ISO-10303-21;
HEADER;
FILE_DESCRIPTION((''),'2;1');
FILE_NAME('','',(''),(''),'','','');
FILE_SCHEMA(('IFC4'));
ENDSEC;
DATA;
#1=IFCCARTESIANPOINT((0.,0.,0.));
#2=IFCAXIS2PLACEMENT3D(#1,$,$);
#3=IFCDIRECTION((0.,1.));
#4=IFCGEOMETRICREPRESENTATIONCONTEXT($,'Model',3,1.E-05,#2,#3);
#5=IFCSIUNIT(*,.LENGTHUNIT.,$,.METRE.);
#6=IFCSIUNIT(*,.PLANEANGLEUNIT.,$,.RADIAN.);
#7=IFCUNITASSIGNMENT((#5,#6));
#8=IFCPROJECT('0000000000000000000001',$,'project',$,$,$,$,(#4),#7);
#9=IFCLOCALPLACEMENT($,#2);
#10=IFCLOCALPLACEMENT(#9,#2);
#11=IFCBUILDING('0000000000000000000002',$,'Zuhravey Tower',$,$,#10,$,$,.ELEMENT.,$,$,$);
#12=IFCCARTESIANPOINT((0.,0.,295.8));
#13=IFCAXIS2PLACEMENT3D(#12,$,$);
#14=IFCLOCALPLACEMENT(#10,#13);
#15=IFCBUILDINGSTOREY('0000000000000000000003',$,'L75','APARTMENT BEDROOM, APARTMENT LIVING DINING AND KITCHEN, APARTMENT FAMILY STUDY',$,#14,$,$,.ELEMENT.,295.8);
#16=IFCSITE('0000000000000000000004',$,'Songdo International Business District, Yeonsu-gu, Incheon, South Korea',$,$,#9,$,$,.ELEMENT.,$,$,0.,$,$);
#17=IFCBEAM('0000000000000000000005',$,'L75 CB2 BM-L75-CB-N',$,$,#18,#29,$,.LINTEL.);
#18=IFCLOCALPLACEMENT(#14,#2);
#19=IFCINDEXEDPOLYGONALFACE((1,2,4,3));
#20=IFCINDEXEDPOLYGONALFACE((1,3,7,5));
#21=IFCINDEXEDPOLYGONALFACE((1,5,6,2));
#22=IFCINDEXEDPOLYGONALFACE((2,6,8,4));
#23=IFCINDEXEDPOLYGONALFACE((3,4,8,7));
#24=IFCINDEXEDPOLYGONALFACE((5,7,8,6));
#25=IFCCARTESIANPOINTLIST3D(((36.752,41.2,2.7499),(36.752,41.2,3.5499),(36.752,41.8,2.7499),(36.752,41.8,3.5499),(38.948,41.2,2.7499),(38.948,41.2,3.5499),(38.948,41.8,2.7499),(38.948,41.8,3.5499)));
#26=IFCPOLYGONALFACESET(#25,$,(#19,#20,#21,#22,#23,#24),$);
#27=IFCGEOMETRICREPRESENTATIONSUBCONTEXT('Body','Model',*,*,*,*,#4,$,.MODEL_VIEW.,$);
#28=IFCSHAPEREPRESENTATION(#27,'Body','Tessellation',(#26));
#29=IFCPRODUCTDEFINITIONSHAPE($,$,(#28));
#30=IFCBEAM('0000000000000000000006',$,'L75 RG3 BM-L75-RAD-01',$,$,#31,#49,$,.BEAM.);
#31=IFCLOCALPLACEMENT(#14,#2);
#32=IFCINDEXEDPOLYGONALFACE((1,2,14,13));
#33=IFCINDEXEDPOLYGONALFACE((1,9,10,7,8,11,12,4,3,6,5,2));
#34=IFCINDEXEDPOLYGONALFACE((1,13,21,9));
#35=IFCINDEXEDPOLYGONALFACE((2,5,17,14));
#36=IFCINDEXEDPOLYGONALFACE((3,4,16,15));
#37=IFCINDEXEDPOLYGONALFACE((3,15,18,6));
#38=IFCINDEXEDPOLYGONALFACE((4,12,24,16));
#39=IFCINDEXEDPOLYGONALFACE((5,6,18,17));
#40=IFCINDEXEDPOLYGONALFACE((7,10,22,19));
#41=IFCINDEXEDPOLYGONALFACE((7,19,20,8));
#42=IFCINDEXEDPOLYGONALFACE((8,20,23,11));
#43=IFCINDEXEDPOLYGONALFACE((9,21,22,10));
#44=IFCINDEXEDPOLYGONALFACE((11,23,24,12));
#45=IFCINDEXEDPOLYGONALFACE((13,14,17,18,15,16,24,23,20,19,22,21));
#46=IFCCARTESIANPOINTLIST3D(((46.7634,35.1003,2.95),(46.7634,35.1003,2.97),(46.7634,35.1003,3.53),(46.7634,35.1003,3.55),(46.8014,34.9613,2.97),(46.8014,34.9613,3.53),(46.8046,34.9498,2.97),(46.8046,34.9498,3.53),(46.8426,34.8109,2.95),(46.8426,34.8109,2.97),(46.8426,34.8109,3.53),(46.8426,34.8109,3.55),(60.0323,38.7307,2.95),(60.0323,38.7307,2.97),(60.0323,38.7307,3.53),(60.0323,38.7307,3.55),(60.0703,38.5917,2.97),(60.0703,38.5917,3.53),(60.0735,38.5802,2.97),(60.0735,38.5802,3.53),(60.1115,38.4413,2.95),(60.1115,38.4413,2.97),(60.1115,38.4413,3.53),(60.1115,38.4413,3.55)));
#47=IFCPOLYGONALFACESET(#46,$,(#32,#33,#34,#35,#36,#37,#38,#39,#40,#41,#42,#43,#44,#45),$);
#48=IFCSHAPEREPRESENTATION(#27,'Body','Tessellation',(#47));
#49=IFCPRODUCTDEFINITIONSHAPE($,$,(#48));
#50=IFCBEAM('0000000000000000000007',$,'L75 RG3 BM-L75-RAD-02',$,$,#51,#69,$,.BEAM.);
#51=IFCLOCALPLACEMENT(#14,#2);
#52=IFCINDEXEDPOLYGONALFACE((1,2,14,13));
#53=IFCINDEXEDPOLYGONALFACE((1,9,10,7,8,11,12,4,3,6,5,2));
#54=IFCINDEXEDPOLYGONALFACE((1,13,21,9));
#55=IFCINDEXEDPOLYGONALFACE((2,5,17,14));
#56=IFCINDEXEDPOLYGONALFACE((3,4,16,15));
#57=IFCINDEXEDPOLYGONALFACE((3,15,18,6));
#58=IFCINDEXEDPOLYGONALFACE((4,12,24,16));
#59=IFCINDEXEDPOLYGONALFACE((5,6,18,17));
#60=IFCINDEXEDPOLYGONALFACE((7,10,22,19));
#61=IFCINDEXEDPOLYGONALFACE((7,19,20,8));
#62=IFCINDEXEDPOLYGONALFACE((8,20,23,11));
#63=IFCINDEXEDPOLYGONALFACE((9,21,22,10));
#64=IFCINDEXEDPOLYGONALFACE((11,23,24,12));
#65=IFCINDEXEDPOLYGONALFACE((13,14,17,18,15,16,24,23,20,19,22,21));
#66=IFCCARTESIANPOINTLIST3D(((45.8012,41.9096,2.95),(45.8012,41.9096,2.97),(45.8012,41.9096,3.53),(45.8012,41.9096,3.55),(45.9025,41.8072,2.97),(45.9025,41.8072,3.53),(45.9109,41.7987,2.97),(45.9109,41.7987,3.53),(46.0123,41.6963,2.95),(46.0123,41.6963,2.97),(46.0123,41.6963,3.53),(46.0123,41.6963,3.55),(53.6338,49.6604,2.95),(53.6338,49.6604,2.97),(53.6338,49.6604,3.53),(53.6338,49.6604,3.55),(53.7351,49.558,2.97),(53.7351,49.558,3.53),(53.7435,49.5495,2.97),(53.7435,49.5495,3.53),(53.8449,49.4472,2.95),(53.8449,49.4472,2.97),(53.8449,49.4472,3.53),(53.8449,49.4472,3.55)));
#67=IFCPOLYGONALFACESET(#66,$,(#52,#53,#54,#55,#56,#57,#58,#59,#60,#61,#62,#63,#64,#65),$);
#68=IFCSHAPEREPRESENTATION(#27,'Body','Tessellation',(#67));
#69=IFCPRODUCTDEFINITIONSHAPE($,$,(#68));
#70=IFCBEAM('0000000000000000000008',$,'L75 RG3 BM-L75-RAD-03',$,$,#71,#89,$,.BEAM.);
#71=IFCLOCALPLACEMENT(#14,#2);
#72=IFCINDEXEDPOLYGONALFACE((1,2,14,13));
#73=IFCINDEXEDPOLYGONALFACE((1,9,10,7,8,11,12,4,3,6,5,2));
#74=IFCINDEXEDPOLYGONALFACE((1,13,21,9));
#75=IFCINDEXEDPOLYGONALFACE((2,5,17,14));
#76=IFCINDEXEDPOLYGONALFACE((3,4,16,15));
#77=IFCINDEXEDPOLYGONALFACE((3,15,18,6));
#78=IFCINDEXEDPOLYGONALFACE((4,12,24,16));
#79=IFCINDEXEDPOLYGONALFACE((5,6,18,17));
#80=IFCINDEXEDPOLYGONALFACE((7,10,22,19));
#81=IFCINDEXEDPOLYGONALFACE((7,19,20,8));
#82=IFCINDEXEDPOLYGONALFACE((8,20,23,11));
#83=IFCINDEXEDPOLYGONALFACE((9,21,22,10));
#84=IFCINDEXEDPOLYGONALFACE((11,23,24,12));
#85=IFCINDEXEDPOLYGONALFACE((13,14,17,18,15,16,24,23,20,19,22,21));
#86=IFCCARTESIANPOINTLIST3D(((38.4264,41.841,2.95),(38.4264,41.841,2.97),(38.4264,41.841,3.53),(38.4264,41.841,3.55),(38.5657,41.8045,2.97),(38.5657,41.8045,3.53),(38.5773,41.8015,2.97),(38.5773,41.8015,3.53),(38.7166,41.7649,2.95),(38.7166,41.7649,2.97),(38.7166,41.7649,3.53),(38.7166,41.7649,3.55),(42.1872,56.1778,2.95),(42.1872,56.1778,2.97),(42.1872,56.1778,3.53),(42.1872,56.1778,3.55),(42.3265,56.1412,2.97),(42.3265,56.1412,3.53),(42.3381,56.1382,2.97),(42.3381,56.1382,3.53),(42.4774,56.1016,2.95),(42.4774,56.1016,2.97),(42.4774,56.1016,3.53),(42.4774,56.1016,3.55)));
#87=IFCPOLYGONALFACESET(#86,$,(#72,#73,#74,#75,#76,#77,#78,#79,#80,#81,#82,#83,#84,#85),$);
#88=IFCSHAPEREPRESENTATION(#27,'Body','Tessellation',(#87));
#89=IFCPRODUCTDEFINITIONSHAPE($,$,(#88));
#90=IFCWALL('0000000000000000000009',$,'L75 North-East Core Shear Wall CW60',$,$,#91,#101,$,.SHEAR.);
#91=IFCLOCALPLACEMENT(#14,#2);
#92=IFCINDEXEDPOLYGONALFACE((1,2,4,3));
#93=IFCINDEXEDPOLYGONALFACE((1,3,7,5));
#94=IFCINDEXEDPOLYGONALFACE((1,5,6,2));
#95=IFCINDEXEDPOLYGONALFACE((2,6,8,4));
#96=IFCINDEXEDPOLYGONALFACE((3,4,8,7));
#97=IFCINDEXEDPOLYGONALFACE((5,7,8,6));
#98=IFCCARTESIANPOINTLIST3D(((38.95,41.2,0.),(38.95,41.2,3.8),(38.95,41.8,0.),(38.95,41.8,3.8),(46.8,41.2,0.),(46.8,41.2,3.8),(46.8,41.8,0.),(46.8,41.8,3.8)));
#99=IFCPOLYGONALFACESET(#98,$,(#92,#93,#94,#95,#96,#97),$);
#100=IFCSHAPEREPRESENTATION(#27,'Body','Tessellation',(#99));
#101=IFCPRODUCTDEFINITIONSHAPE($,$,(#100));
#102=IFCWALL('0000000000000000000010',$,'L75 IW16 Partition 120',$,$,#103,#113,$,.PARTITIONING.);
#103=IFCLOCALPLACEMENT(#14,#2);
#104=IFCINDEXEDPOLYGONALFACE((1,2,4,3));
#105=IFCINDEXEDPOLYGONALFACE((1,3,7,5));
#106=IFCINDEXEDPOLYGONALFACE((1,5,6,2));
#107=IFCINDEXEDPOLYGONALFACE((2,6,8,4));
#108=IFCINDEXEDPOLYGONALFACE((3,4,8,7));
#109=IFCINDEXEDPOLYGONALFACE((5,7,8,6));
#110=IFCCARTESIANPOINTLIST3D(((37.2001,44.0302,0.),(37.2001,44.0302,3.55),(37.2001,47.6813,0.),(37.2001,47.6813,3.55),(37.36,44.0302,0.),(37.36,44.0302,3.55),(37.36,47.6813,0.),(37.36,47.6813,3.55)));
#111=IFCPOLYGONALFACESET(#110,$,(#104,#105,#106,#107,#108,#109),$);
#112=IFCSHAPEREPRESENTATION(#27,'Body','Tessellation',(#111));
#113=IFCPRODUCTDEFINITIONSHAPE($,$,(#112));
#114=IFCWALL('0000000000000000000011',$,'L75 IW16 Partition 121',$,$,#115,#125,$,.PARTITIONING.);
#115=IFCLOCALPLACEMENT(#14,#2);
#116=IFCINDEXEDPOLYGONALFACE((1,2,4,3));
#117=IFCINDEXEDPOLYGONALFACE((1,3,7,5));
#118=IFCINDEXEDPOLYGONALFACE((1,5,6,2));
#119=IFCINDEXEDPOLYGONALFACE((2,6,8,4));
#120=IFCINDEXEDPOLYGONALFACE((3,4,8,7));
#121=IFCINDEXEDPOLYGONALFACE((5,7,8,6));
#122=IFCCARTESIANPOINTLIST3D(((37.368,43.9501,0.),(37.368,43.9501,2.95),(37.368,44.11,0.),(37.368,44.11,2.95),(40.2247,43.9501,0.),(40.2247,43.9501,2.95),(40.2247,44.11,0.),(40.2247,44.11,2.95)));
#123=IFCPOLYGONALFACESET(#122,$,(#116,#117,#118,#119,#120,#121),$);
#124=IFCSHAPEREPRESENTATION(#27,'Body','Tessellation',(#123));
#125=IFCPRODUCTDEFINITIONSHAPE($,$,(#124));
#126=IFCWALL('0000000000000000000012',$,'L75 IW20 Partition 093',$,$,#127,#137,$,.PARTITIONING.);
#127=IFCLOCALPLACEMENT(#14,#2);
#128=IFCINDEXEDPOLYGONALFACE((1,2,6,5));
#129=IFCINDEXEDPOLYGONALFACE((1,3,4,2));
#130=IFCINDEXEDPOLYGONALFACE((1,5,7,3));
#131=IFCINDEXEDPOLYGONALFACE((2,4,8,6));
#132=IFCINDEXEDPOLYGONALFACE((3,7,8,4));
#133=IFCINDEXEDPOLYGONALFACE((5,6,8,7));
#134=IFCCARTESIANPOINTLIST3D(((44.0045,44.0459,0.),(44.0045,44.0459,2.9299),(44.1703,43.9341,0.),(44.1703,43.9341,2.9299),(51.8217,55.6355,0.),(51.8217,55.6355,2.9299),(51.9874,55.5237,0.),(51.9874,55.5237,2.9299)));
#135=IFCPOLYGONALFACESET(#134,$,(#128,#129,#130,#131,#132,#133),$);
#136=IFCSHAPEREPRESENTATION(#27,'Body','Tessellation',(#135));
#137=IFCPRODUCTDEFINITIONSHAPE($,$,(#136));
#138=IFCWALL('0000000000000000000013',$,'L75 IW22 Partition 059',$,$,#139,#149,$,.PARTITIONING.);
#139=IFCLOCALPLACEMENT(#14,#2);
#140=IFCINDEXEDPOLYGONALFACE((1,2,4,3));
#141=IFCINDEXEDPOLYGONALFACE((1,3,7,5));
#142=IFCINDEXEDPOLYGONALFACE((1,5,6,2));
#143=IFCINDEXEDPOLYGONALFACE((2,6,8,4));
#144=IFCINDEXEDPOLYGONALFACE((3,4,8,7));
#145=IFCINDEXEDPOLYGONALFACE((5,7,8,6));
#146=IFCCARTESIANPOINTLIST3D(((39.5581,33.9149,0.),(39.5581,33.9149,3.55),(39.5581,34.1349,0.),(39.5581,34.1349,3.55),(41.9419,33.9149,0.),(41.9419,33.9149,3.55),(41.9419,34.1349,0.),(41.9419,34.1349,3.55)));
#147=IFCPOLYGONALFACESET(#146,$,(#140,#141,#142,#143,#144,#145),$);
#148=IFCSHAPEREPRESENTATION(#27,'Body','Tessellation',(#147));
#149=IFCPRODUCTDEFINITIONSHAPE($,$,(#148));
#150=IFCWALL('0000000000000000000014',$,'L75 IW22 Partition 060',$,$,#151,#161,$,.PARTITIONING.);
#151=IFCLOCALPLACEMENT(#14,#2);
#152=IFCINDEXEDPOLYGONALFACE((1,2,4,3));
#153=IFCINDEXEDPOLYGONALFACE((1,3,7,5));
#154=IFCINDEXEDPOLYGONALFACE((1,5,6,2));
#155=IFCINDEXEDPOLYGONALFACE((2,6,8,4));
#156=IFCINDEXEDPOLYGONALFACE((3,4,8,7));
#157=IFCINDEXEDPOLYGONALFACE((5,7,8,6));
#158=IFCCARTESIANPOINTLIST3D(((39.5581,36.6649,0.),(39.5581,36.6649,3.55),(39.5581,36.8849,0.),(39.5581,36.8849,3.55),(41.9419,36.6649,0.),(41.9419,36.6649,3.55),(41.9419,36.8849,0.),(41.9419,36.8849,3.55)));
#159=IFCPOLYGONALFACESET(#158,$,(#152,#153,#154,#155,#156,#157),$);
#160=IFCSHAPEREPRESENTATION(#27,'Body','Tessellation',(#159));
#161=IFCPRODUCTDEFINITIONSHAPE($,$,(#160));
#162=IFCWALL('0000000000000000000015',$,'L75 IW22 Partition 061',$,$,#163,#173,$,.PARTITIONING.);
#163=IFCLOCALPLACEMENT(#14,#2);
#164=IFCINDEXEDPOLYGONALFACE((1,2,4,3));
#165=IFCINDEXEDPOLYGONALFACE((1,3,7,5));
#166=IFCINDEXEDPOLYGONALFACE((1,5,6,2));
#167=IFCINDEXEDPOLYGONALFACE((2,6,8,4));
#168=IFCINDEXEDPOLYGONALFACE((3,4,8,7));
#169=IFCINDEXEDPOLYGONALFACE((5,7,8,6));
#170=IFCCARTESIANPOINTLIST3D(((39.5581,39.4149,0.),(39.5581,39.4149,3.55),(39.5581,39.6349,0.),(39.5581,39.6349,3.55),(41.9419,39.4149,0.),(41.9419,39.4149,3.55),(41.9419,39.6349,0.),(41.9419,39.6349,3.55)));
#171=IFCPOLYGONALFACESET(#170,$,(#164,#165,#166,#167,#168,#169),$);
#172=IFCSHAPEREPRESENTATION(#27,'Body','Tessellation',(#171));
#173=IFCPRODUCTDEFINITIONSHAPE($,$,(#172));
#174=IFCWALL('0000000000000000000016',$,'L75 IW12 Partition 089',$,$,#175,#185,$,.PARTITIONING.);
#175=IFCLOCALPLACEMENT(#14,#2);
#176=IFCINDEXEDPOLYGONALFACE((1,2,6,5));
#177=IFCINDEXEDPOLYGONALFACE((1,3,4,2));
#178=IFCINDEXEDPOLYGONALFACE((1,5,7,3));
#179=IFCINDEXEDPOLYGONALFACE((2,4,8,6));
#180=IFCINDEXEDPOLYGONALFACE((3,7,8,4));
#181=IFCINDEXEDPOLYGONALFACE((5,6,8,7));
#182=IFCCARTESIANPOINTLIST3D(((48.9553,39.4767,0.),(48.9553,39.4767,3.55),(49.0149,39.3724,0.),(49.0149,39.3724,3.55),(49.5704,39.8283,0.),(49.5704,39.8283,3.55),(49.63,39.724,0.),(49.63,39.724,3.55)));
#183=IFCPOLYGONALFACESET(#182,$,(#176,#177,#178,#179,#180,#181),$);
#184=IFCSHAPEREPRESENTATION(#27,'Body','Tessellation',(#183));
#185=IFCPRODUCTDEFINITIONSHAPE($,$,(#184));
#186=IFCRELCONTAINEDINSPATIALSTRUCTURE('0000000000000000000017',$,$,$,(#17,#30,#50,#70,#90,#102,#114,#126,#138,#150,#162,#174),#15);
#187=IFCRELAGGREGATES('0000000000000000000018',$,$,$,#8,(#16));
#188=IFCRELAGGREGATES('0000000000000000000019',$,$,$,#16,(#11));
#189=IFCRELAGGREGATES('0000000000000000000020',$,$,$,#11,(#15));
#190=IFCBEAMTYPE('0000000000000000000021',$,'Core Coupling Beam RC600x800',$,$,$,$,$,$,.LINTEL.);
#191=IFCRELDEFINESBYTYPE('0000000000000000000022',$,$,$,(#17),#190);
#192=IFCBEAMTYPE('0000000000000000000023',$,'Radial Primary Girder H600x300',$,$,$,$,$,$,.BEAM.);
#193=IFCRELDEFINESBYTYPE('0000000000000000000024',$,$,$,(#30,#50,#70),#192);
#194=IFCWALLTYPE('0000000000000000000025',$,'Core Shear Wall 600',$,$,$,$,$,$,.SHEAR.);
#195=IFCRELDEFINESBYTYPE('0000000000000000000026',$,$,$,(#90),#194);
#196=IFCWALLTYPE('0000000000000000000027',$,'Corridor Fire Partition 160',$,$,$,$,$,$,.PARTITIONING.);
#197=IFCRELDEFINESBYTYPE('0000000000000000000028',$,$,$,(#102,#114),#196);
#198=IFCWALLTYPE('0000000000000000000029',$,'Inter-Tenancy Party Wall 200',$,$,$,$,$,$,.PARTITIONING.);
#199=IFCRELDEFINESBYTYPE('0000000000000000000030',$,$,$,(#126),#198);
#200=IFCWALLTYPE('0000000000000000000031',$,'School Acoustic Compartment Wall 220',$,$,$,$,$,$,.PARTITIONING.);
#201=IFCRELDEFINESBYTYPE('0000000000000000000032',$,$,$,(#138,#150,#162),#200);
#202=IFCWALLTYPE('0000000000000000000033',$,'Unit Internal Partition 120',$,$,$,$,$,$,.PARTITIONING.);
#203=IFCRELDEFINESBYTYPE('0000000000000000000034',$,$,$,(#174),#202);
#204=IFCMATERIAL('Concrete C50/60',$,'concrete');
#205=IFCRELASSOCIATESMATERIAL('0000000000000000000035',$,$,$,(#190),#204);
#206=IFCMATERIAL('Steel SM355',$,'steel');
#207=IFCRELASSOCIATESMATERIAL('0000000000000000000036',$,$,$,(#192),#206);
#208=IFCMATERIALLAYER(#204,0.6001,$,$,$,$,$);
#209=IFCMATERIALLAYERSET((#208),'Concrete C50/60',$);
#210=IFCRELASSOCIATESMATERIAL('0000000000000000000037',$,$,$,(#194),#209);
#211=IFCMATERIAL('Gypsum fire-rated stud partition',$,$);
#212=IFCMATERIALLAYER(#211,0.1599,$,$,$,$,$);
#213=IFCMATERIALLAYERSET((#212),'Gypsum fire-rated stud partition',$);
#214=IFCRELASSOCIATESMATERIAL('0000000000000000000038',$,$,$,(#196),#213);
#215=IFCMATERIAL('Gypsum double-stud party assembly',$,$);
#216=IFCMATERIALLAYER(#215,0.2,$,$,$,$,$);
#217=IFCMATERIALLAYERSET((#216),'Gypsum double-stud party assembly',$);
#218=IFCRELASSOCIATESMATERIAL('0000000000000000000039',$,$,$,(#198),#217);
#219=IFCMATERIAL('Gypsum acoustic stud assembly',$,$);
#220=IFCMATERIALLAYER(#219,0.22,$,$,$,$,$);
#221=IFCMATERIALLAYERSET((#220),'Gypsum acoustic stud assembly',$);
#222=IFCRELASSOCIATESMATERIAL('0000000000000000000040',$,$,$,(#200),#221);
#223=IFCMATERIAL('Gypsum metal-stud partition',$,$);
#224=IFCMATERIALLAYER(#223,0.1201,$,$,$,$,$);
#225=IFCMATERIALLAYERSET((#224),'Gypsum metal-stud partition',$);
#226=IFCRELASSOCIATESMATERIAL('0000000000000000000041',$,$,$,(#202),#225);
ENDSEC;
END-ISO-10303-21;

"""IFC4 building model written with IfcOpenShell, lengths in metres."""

from ifc_helpers import new_model, si_unit, direction, frame, frame_2d, origin, origin_2d, place, context, subcontext, project, spatial, rectangle, i_section, extrude, material, layer, layer_set, material_profile, profile_set, type_object, element, save


model = new_model("IFC4")

# Units and contexts
model_context = context("Model", 3, precision=1e-05, world=origin(), true_north=direction((0.0, 1.0)))
body_context = subcontext(model_context, "Body", "Model", "MODEL_VIEW")
ifc_project = project(units=[si_unit("LENGTHUNIT", "METRE"), si_unit("PLANEANGLEUNIT", "RADIAN")], contexts=[model_context])

# Site, building, storey
site_placement = place(None, origin())
site = spatial("IfcSite", under=ifc_project, at=site_placement, Name="Songdo International Business District, Yeonsu-gu, Incheon, South Korea", CompositionType="ELEMENT", RefElevation=0.0)
building_placement = place(site_placement, origin())
building = spatial("IfcBuilding", under=site, at=building_placement, Name="Zuhravey Tower", CompositionType="ELEMENT")
storey_placement = place(building_placement, frame((0.0, 0.0, 295.8)))
storey = spatial("IfcBuildingStorey", under=building, at=storey_placement, Name="L75", Description="APARTMENT BEDROOM, APARTMENT LIVING DINING AND KITCHEN, APARTMENT FAMILY STUDY", CompositionType="ELEMENT", Elevation=295.8)

# Beams
ifc_material_1 = material(Name="Concrete C50/60", Category="concrete")
ifc_material_profile_1 = material_profile(ifc_material_1, rectangle(XDim=0.6001, YDim=0.8, at=origin_2d()), Name="RC-600x800")
ifc_profile_set_1 = profile_set([ifc_material_profile_1], Name="Concrete C50/60")
beam_type_1 = type_object("IfcBeamType", Name="Core Coupling Beam RC600x800", PredefinedType="LINTEL", material=ifc_profile_set_1)
beam_1_placement = place(storey_placement, frame((36.752, 41.5, 3.1499), z_axis=(1.0, 0.0, 0.0), x_axis=(0.0, 1.0, 0.0)))
element("IfcBeam", 1, at=beam_1_placement, inside=storey, type_object=beam_type_1, Name="L75 CB2 BM-L75-CB-N", PredefinedType="LINTEL", context=body_context, shape_type="SweptSolid", body=[
    extrude(rectangle(XDim=0.6001, YDim=0.8, at=origin_2d()), origin(), (0.0, 0.0, 1.0), 2.196),
])
ifc_material_2 = material(Name="Steel SM355", Category="steel")
ifc_material_profile_2 = material_profile(ifc_material_2, i_section(OverallWidth=0.3, OverallDepth=0.6001, WebThickness=0.012, FlangeThickness=0.02, at=origin_2d()), Name="H-600x300x12x20")
ifc_profile_set_2 = profile_set([ifc_material_profile_2], Name="Steel SM355")
beam_type_2 = type_object("IfcBeamType", Name="Radial Primary Girder H600x300", PredefinedType="BEAM", material=ifc_profile_set_2)
beam_2_placement = place(storey_placement, frame((46.803, 34.9556, 3.25), z_axis=(0.964549, 0.263903, 0.0), x_axis=(-0.263903, 0.964549, 0.0)))
element("IfcBeam", 2, at=beam_2_placement, inside=storey, type_object=beam_type_2, Name="L75 RG3 BM-L75-RAD-01", PredefinedType="BEAM", context=body_context, shape_type="SweptSolid", body=[
    extrude(i_section(OverallWidth=0.3, OverallDepth=0.6001, WebThickness=0.012, FlangeThickness=0.02, at=origin_2d()), origin(), (0.0, 0.0, 1.0), 13.7566),
])
beam_3_placement = place(storey_placement, frame((45.9067, 41.803, 3.25), z_axis=(0.710808, 0.703386, 0.0), x_axis=(-0.703386, 0.710808, 0.0)))
element("IfcBeam", 3, at=beam_3_placement, inside=storey, type_object=beam_type_2, Name="L75 RG3 BM-L75-RAD-02", PredefinedType="BEAM", context=body_context, shape_type="SweptSolid", body=[
    extrude(i_section(OverallWidth=0.3, OverallDepth=0.6001, WebThickness=0.012, FlangeThickness=0.02, at=origin_2d()), origin(), (0.0, 0.0, 1.0), 11.0193),
])
beam_4_placement = place(storey_placement, frame((38.5715, 41.803, 3.25), z_axis=(0.253732, 0.967275, 0.0), x_axis=(-0.967275, 0.253732, 0.0)))
element("IfcBeam", 4, at=beam_4_placement, inside=storey, type_object=beam_type_2, Name="L75 RG3 BM-L75-RAD-03", PredefinedType="BEAM", context=body_context, shape_type="SweptSolid", body=[
    extrude(i_section(OverallWidth=0.3, OverallDepth=0.6001, WebThickness=0.012, FlangeThickness=0.02, at=origin_2d()), origin(), (0.0, 0.0, 1.0), 14.8218),
])

# Wall
ifc_layer_1 = layer(ifc_material_1, 0.6001)
ifc_layer_set_1 = layer_set([ifc_layer_1], Name="Concrete C50/60")
wall_type_1 = type_object("IfcWallType", Name="Core Shear Wall 600", PredefinedType="SHEAR", material=ifc_layer_set_1)
wall_1_placement = place(storey_placement, frame((46.8, 41.5, 0.0), z_axis=(0.0, 0.0, 1.0), x_axis=(-1.0, 0.0, 0.0)))
element("IfcWall", 5, at=wall_1_placement, inside=storey, type_object=wall_type_1, Name="L75 North-East Core Shear Wall CW60", PredefinedType="SHEAR", context=body_context, shape_type="SweptSolid", body=[
    extrude(rectangle(XDim=7.8501, YDim=0.6001, at=frame_2d((3.925, 0.0))), origin(), (0.0, 0.0, 1.0), 3.8),
])

# Walls
ifc_material_3 = material(Name="Gypsum fire-rated stud partition")
ifc_layer_2 = layer(ifc_material_3, 0.1599)
ifc_layer_set_2 = layer_set([ifc_layer_2], Name="Gypsum fire-rated stud partition")
wall_type_2 = type_object("IfcWallType", Name="Corridor Fire Partition 160", PredefinedType="PARTITIONING", material=ifc_layer_set_2)
wall_2_placement = place(storey_placement, frame((37.28, 44.03, 0.0), z_axis=(0.0, 0.0, 1.0), x_axis=(0.0, 1.0, 0.0)))
element("IfcWall", 6, at=wall_2_placement, inside=storey, type_object=wall_type_2, Name="L75 IW16 Partition 120", PredefinedType="PARTITIONING", context=body_context, shape_type="SweptSolid", body=[
    extrude(rectangle(XDim=3.6511, YDim=0.1599, at=frame_2d((1.8257, 0.0))), origin(), (0.0, 0.0, 1.0), 3.55),
])
wall_3_placement = place(storey_placement, frame((40.2246, 44.03, 0.0), z_axis=(0.0, 0.0, 1.0), x_axis=(-1.0, 0.0, 0.0)))
element("IfcWall", 7, at=wall_3_placement, inside=storey, type_object=wall_type_2, Name="L75 IW16 Partition 121", PredefinedType="PARTITIONING", context=body_context, shape_type="SweptSolid", body=[
    extrude(rectangle(XDim=2.8567, YDim=0.1599, at=frame_2d((1.4282, 0.0))), origin(), (0.0, 0.0, 1.0), 2.95),
])

# Walls
ifc_material_4 = material(Name="Gypsum double-stud party assembly")
ifc_layer_3 = layer(ifc_material_4, 0.2)
ifc_layer_set_3 = layer_set([ifc_layer_3], Name="Gypsum double-stud party assembly")
wall_type_3 = type_object("IfcWallType", Name="Inter-Tenancy Party Wall 200", PredefinedType="PARTITIONING", material=ifc_layer_set_3)
wall_4_placement = place(storey_placement, frame((44.0874, 43.99, 0.0), z_axis=(0.0, 0.0, 1.0), x_axis=(0.559186, 0.829042, 0.0)))
element("IfcWall", 8, at=wall_4_placement, inside=storey, type_object=wall_type_3, Name="L75 IW20 Partition 093", PredefinedType="PARTITIONING", context=body_context, shape_type="SweptSolid", body=[
    extrude(rectangle(XDim=13.9795, YDim=0.2, at=frame_2d((6.9897, 0.0))), origin(), (0.0, 0.0, 1.0), 2.9299),
])
ifc_material_5 = material(Name="Gypsum acoustic stud assembly")
ifc_layer_4 = layer(ifc_material_5, 0.22)
ifc_layer_set_4 = layer_set([ifc_layer_4], Name="Gypsum acoustic stud assembly")
wall_type_4 = type_object("IfcWallType", Name="School Acoustic Compartment Wall 220", PredefinedType="PARTITIONING", material=ifc_layer_set_4)
for number, where, z_axis, x_axis, name in (
    (9, (39.5581, 34.0249, 0.0), (0.0, 0.0, 1.0), (1.0, 0.0, 0.0), "L75 IW22 Partition 059"),
    (10, (39.5581, 36.7749, 0.0), (0.0, 0.0, 1.0), (1.0, 0.0, 0.0), "L75 IW22 Partition 060"),
    (11, (39.5581, 39.5249, 0.0), (0.0, 0.0, 1.0), (1.0, 0.0, 0.0), "L75 IW22 Partition 061"),
):
    element("IfcWall", number, at=place(storey_placement, frame(where, z_axis=z_axis, x_axis=x_axis)), inside=storey, type_object=wall_type_4, Name=name, PredefinedType="PARTITIONING", context=body_context, shape_type="SweptSolid", body=[
        extrude(rectangle(XDim=2.3838, YDim=0.22, at=frame_2d((1.1919, 0.0))), origin(), (0.0, 0.0, 1.0), 3.55),
    ])
ifc_material_6 = material(Name="Gypsum metal-stud partition")
ifc_layer_5 = layer(ifc_material_6, 0.1201)
ifc_layer_set_5 = layer_set([ifc_layer_5], Name="Gypsum metal-stud partition")
wall_type_5 = type_object("IfcWallType", Name="Unit Internal Partition 120", PredefinedType="PARTITIONING", material=ifc_layer_set_5)
wall_5_placement = place(storey_placement, frame((48.9851, 39.4246, 0.0), z_axis=(0.0, 0.0, 1.0), x_axis=(0.868158, 0.496287, 0.0)))
element("IfcWall", 12, at=wall_5_placement, inside=storey, type_object=wall_type_5, Name="L75 IW12 Partition 089", PredefinedType="PARTITIONING", context=body_context, shape_type="SweptSolid", body=[
    extrude(rectangle(XDim=0.7085, YDim=0.1201, at=frame_2d((0.3542, 0.0))), origin(), (0.0, 0.0, 1.0), 3.55),
])

save(model, "model.ifc")
